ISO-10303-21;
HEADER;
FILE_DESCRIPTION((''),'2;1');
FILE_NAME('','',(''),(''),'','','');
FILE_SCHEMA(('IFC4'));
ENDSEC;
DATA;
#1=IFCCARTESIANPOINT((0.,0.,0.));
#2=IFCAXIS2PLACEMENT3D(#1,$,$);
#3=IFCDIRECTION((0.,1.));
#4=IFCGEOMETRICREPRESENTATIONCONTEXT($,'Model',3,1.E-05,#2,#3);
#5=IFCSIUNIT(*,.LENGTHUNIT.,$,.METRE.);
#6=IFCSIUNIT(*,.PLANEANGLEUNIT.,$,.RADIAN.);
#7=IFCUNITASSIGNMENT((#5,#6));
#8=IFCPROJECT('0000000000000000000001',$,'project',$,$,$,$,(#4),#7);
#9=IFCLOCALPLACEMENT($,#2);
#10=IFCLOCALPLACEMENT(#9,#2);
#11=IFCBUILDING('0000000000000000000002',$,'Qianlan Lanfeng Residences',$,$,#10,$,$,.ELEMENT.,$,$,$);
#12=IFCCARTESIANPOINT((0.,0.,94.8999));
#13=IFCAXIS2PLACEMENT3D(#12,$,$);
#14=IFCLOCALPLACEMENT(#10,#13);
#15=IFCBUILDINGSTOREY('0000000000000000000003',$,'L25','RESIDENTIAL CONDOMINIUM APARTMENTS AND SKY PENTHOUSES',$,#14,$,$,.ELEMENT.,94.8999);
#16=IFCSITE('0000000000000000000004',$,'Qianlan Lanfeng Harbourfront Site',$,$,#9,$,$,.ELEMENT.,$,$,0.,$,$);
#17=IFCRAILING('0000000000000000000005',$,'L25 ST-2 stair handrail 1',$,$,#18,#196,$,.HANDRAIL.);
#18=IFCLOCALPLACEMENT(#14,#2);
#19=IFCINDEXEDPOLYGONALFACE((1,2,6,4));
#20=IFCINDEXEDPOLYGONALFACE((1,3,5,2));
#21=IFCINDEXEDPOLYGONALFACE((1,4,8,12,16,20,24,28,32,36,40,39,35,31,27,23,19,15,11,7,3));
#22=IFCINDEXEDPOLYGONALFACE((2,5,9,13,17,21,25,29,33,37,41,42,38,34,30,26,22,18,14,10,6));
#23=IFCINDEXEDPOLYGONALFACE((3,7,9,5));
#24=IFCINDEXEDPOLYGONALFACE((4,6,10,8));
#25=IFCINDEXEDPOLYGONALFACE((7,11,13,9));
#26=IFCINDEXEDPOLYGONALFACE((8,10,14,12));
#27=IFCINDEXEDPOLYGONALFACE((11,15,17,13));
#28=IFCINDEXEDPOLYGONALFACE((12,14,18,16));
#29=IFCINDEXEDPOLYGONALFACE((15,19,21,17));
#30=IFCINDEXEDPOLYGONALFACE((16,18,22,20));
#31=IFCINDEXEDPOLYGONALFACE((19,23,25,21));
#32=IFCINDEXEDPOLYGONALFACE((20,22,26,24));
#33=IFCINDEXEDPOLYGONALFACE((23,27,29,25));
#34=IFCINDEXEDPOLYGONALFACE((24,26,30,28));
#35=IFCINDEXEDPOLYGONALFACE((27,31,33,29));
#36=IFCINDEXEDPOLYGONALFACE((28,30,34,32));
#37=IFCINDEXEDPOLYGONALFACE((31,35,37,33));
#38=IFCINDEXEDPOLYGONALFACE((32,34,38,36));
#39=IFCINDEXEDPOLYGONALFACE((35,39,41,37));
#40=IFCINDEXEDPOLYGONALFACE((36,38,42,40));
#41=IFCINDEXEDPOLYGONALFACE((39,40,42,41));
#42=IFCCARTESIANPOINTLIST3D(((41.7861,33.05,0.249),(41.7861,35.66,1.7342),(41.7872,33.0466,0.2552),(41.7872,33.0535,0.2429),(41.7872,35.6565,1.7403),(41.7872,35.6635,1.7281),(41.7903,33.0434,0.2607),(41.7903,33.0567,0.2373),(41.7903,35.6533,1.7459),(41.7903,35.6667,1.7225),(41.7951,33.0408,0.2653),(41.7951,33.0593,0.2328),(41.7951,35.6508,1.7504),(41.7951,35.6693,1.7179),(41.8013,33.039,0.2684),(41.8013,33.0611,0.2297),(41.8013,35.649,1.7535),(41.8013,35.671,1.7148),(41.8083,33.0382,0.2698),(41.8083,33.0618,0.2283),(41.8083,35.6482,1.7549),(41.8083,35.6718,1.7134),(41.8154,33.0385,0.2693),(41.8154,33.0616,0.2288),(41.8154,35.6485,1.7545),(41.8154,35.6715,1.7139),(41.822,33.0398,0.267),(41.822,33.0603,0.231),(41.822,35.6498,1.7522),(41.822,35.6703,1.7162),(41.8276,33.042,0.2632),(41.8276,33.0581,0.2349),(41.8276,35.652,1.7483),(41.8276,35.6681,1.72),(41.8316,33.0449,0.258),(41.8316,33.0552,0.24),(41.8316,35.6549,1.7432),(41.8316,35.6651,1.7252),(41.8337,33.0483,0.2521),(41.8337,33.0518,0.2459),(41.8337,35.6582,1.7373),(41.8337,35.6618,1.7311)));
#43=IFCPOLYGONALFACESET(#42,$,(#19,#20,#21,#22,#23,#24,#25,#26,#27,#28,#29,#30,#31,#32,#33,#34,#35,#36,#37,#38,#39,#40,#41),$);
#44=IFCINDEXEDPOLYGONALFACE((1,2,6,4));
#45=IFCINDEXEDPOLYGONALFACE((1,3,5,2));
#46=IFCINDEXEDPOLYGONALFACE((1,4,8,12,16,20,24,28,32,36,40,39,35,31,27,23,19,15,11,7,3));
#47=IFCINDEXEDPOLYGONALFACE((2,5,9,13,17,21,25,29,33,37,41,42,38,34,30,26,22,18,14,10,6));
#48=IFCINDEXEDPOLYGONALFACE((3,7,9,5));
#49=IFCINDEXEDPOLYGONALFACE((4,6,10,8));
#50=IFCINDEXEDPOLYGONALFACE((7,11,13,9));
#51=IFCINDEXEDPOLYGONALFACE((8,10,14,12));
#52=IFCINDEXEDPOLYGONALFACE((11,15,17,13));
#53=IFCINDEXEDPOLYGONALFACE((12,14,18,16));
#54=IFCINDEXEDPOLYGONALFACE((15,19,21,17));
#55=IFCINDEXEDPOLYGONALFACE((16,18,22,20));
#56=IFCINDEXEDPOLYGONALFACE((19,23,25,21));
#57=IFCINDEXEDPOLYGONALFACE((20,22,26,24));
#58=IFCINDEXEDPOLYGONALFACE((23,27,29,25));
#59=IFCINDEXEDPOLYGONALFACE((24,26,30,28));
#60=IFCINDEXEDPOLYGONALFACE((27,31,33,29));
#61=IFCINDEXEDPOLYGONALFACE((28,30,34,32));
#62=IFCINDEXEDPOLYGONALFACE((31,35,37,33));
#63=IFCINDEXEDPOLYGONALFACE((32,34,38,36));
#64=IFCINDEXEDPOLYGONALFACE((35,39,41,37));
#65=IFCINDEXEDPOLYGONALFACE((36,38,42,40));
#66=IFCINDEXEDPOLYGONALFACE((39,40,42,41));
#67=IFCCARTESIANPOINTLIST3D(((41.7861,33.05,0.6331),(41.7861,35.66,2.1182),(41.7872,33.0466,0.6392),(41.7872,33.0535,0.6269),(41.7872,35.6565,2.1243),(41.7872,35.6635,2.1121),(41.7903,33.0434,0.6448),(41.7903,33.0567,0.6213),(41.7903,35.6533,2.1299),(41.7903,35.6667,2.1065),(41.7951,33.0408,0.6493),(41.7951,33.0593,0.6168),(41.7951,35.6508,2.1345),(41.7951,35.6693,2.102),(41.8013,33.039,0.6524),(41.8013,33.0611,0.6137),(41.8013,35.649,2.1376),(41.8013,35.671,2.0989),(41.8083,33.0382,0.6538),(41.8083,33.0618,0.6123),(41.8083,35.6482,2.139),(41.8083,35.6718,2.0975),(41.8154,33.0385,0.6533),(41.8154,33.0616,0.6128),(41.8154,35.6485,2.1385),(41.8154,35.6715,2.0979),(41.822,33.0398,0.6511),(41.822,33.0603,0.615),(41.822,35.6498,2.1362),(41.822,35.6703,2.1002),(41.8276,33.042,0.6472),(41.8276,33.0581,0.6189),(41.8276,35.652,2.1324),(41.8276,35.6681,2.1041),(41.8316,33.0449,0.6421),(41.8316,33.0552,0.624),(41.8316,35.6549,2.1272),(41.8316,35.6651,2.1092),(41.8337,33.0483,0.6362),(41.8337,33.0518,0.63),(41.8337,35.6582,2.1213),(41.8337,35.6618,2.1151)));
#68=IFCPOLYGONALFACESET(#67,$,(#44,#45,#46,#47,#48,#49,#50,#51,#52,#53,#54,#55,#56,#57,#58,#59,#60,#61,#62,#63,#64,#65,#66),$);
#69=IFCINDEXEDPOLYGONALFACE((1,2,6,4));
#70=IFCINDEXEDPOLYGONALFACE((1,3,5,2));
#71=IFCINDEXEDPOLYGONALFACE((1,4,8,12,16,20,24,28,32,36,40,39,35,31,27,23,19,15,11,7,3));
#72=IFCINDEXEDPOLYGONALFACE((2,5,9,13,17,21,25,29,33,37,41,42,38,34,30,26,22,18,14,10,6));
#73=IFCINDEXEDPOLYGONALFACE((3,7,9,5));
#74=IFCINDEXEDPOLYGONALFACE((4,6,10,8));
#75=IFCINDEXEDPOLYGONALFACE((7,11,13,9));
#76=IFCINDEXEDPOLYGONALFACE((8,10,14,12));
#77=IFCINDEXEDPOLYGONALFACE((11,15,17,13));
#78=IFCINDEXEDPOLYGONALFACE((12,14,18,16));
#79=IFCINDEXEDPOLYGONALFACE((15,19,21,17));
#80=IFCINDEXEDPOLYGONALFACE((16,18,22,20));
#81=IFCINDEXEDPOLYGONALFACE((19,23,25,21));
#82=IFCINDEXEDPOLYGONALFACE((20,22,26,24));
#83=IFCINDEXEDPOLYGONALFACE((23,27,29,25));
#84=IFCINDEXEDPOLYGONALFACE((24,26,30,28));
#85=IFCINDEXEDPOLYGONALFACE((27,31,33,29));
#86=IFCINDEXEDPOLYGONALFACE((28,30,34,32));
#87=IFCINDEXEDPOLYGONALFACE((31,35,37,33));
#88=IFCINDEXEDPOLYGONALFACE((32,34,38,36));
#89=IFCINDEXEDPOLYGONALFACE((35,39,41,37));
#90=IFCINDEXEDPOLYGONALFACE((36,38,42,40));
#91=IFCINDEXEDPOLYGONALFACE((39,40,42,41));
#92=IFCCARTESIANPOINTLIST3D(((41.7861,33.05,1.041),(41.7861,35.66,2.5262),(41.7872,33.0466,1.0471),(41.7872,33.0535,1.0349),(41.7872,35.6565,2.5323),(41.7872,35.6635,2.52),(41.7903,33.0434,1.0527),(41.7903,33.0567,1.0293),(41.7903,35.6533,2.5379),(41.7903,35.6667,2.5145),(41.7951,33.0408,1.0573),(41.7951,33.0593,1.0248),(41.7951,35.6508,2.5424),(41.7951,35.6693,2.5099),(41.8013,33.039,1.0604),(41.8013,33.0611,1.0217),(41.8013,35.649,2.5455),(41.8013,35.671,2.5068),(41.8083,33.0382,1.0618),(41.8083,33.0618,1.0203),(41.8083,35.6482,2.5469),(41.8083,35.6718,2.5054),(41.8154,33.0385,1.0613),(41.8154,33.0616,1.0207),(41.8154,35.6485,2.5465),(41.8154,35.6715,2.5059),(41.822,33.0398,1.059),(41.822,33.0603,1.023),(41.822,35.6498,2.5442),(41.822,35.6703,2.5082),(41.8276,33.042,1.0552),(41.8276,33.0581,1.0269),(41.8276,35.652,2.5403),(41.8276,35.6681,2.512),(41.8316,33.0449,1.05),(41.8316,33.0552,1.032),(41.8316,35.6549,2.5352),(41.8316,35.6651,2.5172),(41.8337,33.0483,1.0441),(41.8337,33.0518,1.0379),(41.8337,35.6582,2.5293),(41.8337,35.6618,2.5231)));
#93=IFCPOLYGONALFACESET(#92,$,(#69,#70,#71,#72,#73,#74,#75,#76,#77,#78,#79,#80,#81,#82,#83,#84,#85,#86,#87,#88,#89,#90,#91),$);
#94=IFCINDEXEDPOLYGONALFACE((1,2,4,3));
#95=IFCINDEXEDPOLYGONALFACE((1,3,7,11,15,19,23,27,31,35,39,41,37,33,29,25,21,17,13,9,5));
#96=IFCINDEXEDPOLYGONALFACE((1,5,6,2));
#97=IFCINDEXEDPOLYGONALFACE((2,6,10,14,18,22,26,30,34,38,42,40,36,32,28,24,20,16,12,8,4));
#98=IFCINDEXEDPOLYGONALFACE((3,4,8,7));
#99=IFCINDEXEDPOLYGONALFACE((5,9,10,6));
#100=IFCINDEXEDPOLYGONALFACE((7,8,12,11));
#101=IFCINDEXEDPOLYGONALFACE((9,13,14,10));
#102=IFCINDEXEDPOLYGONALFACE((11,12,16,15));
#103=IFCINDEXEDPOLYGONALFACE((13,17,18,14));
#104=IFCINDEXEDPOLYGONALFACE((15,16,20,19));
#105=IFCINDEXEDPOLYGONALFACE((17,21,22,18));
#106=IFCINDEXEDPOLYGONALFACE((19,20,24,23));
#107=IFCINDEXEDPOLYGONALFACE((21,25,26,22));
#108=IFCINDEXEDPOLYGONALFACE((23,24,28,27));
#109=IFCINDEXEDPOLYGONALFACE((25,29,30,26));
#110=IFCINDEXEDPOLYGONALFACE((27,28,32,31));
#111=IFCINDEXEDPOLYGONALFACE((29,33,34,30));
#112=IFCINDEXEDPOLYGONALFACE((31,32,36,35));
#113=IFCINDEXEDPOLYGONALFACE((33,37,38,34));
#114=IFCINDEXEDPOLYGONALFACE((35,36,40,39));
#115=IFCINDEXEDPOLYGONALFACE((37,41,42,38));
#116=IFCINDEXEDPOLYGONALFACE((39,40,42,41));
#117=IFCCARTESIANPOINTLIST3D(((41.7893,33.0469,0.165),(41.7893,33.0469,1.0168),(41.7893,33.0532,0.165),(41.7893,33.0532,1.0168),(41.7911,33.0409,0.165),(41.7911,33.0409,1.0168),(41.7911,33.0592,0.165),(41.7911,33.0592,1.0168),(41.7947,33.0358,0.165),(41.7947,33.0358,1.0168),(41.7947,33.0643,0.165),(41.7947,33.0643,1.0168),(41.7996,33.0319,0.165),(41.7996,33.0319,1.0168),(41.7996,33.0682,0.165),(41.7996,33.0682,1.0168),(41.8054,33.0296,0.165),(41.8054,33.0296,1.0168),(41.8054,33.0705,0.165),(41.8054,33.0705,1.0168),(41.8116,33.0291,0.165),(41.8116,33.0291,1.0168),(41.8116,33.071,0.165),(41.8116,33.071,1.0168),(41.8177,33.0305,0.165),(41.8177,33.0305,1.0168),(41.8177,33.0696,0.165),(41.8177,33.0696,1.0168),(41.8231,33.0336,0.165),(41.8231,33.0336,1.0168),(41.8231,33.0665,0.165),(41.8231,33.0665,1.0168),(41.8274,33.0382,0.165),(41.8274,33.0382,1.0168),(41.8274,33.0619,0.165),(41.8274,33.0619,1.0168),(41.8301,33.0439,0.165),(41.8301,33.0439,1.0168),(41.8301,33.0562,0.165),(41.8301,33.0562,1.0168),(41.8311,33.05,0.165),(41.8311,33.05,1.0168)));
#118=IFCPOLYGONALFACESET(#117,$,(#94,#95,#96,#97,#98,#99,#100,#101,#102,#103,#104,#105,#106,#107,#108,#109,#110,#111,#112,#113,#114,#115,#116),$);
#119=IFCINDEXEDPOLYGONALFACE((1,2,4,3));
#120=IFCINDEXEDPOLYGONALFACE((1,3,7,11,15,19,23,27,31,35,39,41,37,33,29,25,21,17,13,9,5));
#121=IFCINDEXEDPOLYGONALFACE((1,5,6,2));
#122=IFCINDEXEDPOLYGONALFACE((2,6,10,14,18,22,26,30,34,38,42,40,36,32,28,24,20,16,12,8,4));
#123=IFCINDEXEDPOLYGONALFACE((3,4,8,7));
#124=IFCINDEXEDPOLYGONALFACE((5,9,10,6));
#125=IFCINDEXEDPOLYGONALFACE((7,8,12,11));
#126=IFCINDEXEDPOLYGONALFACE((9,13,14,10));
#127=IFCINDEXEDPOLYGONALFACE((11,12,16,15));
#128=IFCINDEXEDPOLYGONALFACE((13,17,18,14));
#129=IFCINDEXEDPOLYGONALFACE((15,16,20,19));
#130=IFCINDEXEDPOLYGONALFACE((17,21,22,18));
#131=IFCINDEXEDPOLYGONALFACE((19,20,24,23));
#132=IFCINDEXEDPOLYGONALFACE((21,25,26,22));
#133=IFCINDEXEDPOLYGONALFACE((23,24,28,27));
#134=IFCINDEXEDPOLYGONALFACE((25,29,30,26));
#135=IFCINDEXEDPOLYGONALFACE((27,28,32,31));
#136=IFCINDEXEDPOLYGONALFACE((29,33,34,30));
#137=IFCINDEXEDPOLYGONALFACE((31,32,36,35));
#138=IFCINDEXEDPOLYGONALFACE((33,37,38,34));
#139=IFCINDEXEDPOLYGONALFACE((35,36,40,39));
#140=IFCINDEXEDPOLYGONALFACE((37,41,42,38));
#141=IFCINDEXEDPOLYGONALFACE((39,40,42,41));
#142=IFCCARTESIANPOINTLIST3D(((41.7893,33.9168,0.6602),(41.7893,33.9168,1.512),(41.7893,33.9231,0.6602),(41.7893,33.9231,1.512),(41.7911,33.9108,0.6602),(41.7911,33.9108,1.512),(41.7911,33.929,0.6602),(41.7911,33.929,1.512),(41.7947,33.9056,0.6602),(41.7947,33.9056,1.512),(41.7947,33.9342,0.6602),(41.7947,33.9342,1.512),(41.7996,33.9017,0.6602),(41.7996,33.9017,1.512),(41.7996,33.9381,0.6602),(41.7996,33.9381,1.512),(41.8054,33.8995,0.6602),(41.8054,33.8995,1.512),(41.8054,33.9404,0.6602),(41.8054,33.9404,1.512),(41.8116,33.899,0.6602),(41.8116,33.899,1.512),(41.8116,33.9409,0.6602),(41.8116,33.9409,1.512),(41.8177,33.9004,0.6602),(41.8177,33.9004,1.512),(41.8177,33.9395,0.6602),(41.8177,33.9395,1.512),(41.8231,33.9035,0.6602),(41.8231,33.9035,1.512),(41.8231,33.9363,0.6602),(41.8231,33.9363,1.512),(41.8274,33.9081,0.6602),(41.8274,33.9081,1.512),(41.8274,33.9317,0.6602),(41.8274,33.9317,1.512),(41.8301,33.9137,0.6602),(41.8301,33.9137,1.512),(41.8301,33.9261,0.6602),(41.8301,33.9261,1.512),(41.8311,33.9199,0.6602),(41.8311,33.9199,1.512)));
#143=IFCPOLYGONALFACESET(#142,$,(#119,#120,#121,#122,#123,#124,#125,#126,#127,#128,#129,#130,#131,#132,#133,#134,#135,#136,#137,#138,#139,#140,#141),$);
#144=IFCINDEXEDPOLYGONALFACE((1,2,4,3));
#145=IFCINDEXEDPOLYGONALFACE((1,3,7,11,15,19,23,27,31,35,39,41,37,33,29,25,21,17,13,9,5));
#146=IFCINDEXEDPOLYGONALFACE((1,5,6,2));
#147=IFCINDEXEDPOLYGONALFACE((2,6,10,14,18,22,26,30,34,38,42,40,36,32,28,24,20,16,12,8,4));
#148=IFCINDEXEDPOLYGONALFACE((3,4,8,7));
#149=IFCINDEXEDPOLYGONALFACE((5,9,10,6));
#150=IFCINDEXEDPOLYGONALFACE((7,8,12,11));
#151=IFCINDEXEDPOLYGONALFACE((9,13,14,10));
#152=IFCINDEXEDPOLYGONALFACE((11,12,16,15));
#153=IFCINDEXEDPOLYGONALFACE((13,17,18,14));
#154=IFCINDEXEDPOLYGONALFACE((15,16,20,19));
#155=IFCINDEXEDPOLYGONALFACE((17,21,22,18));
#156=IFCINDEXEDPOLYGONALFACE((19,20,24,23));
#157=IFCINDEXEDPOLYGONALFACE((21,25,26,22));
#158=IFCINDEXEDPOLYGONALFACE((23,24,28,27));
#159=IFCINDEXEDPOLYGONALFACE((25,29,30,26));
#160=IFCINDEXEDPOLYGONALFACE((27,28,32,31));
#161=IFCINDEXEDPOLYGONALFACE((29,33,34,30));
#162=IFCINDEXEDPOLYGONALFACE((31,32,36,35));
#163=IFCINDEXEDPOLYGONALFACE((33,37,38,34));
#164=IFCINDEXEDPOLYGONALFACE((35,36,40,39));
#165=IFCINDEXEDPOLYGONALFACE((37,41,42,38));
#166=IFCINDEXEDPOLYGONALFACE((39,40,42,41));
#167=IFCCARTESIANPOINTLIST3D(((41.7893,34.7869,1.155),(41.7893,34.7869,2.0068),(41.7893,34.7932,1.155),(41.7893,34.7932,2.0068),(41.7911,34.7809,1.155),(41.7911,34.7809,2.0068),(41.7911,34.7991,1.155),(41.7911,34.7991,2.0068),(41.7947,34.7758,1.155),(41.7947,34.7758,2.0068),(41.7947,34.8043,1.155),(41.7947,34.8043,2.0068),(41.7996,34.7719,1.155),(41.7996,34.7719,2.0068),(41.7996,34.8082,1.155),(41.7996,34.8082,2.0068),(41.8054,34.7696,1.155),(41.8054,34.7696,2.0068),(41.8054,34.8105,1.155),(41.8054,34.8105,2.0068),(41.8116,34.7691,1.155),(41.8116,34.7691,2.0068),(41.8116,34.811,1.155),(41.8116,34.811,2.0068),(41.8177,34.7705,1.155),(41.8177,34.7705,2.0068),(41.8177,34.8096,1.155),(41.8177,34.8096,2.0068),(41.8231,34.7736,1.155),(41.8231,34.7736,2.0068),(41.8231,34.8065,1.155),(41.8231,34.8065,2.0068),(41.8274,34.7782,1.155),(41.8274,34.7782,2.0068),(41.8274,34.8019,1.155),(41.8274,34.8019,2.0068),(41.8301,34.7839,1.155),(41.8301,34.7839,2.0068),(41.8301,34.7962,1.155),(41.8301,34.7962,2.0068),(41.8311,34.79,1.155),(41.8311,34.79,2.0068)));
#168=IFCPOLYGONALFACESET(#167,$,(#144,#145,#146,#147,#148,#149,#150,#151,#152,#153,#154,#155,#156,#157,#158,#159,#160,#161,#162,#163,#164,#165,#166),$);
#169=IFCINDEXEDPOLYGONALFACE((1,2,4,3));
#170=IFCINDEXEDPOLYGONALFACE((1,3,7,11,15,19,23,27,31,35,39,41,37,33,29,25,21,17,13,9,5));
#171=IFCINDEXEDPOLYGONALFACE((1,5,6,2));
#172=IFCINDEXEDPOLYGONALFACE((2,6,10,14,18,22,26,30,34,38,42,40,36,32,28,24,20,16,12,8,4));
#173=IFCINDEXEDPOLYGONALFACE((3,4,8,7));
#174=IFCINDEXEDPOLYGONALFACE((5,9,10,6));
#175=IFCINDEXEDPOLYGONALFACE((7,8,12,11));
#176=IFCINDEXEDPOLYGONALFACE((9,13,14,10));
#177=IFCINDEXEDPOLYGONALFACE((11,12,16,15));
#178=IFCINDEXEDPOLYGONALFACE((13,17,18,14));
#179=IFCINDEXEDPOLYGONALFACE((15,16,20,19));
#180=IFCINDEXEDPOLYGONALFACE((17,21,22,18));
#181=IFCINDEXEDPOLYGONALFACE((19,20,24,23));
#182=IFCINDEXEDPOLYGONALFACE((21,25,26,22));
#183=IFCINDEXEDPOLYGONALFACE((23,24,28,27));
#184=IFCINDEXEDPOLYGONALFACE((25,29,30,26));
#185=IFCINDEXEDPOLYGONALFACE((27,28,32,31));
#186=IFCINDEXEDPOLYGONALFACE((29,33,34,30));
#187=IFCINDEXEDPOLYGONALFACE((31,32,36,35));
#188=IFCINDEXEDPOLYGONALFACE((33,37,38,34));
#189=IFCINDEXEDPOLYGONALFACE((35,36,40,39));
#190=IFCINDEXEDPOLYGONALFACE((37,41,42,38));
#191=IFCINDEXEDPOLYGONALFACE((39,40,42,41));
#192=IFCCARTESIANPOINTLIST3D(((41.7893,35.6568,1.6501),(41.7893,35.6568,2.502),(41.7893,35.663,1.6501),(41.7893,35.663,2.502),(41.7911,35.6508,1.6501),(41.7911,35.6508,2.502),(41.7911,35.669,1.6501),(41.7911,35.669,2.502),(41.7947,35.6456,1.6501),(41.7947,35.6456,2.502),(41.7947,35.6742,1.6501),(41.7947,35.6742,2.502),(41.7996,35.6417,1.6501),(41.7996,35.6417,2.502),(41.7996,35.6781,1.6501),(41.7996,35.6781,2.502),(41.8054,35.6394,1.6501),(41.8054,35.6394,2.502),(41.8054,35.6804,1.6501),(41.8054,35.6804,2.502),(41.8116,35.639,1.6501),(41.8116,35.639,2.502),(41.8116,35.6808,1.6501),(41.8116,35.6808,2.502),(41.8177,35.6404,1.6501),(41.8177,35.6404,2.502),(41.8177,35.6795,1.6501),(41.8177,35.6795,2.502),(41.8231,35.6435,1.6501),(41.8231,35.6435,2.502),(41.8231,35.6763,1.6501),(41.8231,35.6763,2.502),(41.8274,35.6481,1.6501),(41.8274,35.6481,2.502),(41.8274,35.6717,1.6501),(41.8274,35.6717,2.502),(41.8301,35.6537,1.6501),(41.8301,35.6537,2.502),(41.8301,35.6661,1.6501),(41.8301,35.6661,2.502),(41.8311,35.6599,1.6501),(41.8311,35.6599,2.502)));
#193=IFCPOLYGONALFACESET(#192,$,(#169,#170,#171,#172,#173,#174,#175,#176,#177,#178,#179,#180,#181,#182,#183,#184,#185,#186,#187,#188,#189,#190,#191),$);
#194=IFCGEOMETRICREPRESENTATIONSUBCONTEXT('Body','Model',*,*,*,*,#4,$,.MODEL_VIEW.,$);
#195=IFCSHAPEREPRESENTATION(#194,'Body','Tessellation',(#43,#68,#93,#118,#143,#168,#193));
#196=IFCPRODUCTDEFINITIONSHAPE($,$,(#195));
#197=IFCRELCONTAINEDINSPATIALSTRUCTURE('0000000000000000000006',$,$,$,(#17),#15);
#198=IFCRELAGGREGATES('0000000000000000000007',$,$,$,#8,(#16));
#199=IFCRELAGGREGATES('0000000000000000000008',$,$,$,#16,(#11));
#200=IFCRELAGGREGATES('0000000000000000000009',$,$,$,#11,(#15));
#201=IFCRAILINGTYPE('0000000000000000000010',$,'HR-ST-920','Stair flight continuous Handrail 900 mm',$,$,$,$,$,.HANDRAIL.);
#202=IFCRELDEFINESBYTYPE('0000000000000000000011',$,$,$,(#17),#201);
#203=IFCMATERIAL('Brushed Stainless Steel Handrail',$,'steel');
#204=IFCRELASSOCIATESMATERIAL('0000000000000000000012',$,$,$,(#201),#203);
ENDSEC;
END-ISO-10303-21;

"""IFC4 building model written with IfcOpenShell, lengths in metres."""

from ifc_helpers import new_model, si_unit, direction, frame, origin, origin_2d, place, context, subcontext, project, spatial, circle, extrude, material, type_object, element, save


model = new_model("IFC4")

# Units and contexts
model_context = context("Model", 3, precision=1e-05, world=origin(), true_north=direction((0.0, 1.0)))
body_context = subcontext(model_context, "Body", "Model", "MODEL_VIEW")
ifc_project = project(units=[si_unit("LENGTHUNIT", "METRE"), si_unit("PLANEANGLEUNIT", "RADIAN")], contexts=[model_context])

# Site, building, storey
site_placement = place(None, origin())
site = spatial("IfcSite", under=ifc_project, at=site_placement, Name="Qianlan Lanfeng Harbourfront Site", CompositionType="ELEMENT", RefElevation=0.0)
building_placement = place(site_placement, origin())
building = spatial("IfcBuilding", under=site, at=building_placement, Name="Qianlan Lanfeng Residences", CompositionType="ELEMENT")
storey_placement = place(building_placement, frame((0.0, 0.0, 94.8999)))
storey = spatial("IfcBuildingStorey", under=building, at=storey_placement, Name="L25", Description="RESIDENTIAL CONDOMINIUM APARTMENTS AND SKY PENTHOUSES", CompositionType="ELEMENT", Elevation=94.8999)

# Railing
ifc_material_1 = material(Name="Brushed Stainless Steel Handrail", Category="steel")
railing_type_1 = type_object("IfcRailingType", Name="HR-ST-920", Description="Stair flight continuous Handrail 900 mm", PredefinedType="HANDRAIL", material=ifc_material_1)
railing_1_placement = place(storey_placement, frame((41.8101, 33.05, 0.165)))
element("IfcRailing", 1, at=railing_1_placement, inside=storey, type_object=railing_type_1, Name="L25 ST-2 stair handrail 1", PredefinedType="HANDRAIL", context=body_context, shape_type="SweptSolid", body=[
    extrude(circle(Radius=0.0239, at=origin_2d()), frame((0.0, 0.0, 0.084), z_axis=(0.0, 0.869137, 0.494571), x_axis=(-1.0, 0.0, 0.0)), (0.0, 0.0, 1.0), 3.0029),
    extrude(circle(Radius=0.0239, at=origin_2d()), frame((0.0, 0.0, 0.468), z_axis=(0.0, 0.869137, 0.494571), x_axis=(-1.0, 0.0, 0.0)), (0.0, 0.0, 1.0), 3.0029),
    extrude(circle(Radius=0.0239, at=origin_2d()), frame((0.0, 0.0, 0.876), z_axis=(0.0, 0.869137, 0.494571), x_axis=(-1.0, 0.0, 0.0)), (0.0, 0.0, 1.0), 3.0029),
    extrude(circle(Radius=0.021, at=origin_2d()), origin(), (0.0, 0.0, 1.0), 0.8518),
    extrude(circle(Radius=0.021, at=origin_2d()), frame((0.0, 0.8699, 0.4951)), (0.0, 0.0, 1.0), 0.8518),
    extrude(circle(Radius=0.021, at=origin_2d()), frame((0.0, 1.74, 0.99)), (0.0, 0.0, 1.0), 0.8518),
    extrude(circle(Radius=0.021, at=origin_2d()), frame((0.0, 2.6099, 1.4851)), (0.0, 0.0, 1.0), 0.8518),
])

save(model, "model.ifc")
